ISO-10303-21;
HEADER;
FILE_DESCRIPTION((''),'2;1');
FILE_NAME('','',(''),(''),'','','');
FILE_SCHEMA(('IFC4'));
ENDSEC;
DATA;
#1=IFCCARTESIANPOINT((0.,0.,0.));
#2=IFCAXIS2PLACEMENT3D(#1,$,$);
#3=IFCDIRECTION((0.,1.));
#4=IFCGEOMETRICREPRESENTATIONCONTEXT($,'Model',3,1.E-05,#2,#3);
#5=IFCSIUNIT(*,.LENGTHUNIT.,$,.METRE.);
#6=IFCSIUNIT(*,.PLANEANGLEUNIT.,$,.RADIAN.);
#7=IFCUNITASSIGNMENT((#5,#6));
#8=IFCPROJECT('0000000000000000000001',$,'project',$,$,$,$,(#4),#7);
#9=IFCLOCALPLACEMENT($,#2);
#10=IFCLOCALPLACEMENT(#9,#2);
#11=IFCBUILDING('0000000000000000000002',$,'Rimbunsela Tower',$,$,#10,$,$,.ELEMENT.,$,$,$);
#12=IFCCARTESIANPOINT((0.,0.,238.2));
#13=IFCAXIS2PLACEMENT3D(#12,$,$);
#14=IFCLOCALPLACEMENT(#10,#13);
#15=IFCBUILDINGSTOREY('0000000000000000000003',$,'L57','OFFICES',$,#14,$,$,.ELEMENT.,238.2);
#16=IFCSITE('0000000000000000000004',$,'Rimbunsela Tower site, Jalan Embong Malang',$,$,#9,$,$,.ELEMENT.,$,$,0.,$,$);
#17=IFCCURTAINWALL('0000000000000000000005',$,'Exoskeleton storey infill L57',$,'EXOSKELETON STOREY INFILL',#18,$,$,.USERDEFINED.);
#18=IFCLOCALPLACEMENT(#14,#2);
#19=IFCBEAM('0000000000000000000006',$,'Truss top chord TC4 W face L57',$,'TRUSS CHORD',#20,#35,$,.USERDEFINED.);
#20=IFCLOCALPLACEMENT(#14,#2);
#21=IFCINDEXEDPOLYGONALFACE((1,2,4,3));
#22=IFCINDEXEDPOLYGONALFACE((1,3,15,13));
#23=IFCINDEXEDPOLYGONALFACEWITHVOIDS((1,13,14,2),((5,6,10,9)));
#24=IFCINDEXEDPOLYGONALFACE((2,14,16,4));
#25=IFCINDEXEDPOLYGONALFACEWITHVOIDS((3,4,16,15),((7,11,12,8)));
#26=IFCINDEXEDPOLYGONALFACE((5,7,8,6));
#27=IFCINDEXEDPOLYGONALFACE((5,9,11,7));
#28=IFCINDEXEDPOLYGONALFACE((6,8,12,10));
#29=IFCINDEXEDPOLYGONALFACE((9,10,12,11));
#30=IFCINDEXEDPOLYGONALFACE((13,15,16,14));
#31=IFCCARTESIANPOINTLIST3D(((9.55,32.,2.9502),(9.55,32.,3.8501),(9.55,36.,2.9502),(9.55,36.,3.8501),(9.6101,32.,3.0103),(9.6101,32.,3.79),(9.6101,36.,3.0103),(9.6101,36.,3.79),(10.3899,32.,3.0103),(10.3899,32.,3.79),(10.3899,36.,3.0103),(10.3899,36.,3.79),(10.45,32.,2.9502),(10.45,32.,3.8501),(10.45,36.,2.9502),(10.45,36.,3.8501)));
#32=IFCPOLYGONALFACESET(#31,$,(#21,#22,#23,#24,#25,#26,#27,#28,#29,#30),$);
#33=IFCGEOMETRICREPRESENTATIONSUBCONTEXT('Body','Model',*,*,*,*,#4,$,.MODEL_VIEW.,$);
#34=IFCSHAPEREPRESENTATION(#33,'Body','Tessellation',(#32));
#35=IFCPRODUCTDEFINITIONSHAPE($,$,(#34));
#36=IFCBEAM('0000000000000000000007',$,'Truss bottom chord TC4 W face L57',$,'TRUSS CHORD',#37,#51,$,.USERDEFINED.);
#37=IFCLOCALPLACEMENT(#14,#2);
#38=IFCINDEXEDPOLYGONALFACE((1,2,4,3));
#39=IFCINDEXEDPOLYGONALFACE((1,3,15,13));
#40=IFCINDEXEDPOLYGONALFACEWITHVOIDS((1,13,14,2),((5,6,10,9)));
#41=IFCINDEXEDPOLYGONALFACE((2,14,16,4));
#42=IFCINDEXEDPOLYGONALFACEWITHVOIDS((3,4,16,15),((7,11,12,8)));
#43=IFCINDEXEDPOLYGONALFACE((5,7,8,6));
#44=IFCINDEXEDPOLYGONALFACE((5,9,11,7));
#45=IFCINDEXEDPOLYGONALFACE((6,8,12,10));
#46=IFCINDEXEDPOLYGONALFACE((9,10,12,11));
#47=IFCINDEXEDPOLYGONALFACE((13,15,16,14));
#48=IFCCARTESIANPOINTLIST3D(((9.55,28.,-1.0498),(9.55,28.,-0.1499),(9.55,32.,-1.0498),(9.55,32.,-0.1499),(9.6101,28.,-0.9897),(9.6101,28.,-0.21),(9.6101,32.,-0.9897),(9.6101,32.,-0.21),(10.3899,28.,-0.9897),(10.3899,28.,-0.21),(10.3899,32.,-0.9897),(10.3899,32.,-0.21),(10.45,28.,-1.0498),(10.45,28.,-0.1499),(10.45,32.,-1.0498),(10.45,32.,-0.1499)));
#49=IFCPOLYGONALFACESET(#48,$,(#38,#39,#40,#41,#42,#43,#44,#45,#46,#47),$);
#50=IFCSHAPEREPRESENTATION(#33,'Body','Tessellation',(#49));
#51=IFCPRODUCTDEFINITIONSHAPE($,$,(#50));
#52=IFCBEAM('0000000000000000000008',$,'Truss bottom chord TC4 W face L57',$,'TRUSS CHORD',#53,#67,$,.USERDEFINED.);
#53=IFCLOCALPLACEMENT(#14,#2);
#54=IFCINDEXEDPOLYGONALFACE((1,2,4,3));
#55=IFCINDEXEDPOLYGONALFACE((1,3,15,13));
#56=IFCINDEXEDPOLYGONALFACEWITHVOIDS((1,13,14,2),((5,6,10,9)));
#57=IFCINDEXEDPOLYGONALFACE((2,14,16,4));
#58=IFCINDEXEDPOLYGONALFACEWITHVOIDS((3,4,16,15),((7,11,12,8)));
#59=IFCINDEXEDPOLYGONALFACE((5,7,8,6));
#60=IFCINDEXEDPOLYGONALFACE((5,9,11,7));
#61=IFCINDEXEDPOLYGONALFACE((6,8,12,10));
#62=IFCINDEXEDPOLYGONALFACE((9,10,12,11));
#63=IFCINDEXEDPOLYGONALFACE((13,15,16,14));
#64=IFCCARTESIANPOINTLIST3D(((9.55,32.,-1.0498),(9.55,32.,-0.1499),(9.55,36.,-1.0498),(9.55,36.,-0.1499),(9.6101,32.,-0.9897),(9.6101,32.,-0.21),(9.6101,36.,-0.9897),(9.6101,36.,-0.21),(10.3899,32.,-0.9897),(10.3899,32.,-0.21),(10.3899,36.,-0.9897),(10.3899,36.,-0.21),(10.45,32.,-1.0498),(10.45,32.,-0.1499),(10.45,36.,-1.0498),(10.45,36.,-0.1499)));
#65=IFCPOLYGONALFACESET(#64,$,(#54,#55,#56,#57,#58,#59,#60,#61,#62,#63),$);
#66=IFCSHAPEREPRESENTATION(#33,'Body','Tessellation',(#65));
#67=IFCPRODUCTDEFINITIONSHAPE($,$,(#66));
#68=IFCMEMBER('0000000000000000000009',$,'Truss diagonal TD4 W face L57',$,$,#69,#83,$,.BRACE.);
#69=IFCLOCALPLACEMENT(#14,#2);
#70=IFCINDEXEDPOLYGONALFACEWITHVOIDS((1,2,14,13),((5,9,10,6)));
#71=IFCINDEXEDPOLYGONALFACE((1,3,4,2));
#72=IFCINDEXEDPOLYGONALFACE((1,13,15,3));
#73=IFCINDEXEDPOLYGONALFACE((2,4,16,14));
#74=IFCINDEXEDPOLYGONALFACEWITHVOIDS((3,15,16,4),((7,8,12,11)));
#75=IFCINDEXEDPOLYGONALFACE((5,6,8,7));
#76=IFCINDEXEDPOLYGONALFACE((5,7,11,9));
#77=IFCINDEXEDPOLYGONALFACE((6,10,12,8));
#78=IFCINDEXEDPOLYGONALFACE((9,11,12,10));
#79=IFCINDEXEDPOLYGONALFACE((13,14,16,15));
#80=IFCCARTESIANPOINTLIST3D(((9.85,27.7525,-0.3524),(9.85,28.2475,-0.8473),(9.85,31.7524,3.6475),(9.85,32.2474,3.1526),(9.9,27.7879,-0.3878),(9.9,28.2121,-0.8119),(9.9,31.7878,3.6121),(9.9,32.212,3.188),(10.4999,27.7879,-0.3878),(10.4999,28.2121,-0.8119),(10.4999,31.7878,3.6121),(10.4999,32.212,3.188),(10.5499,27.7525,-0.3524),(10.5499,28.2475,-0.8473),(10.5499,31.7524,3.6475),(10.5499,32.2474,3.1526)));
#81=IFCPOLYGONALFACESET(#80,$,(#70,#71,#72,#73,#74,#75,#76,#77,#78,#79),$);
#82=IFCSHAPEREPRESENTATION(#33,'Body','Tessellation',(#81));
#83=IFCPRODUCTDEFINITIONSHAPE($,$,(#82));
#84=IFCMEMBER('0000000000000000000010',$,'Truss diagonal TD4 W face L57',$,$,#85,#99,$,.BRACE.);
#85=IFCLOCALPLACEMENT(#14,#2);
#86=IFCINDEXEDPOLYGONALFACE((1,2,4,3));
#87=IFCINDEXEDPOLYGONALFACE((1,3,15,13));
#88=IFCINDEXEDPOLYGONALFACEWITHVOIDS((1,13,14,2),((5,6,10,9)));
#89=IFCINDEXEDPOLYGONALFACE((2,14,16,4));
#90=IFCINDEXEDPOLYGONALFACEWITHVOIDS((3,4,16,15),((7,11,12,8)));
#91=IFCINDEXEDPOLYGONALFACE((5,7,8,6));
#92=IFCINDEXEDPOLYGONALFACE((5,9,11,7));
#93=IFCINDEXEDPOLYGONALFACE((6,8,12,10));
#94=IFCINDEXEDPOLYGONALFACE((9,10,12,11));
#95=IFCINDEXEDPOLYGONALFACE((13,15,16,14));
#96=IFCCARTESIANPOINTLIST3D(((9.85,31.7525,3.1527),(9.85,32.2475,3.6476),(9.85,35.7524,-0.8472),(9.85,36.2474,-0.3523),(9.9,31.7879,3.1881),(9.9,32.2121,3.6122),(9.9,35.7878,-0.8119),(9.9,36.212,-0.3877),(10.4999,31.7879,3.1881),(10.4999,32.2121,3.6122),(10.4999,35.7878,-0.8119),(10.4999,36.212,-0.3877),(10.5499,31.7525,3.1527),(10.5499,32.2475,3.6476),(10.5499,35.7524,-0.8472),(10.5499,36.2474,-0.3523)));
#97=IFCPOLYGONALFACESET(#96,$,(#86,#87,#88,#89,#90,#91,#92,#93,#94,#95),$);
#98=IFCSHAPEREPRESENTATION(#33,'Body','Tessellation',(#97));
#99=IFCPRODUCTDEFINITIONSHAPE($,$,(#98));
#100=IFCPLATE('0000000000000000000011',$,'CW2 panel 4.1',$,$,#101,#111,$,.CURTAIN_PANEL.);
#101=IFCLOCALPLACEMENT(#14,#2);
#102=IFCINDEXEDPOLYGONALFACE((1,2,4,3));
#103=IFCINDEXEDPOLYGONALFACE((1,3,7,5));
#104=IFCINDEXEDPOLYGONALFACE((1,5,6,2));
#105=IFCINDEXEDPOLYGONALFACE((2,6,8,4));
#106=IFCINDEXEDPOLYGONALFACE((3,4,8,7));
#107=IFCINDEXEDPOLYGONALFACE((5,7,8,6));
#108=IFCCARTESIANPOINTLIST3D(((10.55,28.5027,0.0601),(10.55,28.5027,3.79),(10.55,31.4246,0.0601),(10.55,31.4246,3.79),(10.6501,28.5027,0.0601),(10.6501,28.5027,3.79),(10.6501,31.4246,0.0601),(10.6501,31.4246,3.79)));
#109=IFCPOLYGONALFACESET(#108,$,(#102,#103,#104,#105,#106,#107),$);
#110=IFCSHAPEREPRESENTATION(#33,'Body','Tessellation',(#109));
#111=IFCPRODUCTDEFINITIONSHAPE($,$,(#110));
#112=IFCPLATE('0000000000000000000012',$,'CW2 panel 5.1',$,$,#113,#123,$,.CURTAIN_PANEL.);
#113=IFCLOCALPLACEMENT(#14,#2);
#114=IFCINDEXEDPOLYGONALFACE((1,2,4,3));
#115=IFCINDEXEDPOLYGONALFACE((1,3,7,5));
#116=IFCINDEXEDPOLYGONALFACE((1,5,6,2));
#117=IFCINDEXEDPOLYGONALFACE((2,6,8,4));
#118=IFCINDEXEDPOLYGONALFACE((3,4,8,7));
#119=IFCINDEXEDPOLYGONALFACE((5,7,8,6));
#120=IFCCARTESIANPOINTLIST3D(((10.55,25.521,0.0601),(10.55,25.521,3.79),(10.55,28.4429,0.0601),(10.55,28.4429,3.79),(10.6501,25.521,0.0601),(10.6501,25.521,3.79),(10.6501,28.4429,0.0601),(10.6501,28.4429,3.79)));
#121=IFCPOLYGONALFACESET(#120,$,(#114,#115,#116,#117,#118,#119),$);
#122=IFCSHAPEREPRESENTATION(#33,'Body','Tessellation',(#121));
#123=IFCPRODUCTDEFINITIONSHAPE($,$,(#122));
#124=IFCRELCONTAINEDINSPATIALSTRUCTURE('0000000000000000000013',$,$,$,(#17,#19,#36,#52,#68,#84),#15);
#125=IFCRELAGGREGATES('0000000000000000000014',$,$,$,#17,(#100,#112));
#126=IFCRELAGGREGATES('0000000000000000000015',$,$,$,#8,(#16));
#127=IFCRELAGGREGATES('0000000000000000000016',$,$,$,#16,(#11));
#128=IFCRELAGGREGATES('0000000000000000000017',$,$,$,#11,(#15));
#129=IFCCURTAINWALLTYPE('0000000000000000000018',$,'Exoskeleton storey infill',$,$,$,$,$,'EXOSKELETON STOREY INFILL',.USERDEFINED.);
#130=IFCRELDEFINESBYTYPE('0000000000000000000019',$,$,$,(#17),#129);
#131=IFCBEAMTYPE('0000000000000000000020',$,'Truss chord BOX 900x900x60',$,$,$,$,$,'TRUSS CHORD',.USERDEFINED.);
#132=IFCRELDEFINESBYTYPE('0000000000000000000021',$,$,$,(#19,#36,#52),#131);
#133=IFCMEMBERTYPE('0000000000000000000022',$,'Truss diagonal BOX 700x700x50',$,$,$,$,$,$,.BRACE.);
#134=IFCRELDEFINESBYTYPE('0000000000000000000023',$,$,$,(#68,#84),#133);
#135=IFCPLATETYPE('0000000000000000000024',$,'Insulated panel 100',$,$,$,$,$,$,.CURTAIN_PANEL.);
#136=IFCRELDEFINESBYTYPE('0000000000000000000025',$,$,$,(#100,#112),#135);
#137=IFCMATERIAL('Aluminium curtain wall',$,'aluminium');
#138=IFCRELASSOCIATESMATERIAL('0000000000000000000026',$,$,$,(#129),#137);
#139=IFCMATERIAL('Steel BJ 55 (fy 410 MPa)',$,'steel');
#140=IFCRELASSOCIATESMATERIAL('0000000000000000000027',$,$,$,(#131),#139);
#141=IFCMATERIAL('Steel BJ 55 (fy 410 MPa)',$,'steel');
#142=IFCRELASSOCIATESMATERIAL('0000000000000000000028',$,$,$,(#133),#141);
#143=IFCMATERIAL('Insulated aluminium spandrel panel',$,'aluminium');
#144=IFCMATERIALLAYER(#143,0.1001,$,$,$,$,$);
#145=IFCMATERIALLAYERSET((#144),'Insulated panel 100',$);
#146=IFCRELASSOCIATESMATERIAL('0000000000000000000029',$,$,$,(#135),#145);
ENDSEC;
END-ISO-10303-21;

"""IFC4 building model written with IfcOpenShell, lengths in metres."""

from ifc_helpers import new_model, si_unit, direction, frame, origin, origin_2d, place, context, subcontext, project, spatial, rectangle, hollow_rectangle, extrude, material, layer, layer_set, material_profile, profile_set, type_object, element, aggregate, save


model = new_model("IFC4")

# Units and contexts
model_context = context("Model", 3, precision=1e-05, world=origin(), true_north=direction((0.0, 1.0)))
body_context = subcontext(model_context, "Body", "Model", "MODEL_VIEW")
ifc_project = project(units=[si_unit("LENGTHUNIT", "METRE"), si_unit("PLANEANGLEUNIT", "RADIAN")], contexts=[model_context])

# Site, building, storey
site_placement = place(None, origin())
site = spatial("IfcSite", under=ifc_project, at=site_placement, Name="Rimbunsela Tower site, Jalan Embong Malang", CompositionType="ELEMENT", RefElevation=0.0)
building_placement = place(site_placement, origin())
building = spatial("IfcBuilding", under=site, at=building_placement, Name="Rimbunsela Tower", CompositionType="ELEMENT")
storey_placement = place(building_placement, frame((0.0, 0.0, 238.2)))
storey = spatial("IfcBuildingStorey", under=building, at=storey_placement, Name="L57", Description="OFFICES", CompositionType="ELEMENT", Elevation=238.2)

# Curtain wall
ifc_material_1 = material(Name="Aluminium curtain wall", Category="aluminium")
curtain_wall_type = type_object("IfcCurtainWallType", Name="Exoskeleton storey infill", ElementType="EXOSKELETON STOREY INFILL", PredefinedType="USERDEFINED", material=ifc_material_1)
curtain_wall_placement = place(storey_placement, origin())
curtain_wall = element("IfcCurtainWall", 1, at=curtain_wall_placement, inside=storey, type_object=curtain_wall_type, Name="Exoskeleton storey infill L57", ObjectType="EXOSKELETON STOREY INFILL", PredefinedType="USERDEFINED")

# Beams
ifc_material_2 = material(Name="Steel BJ 55 (fy 410 MPa)", Category="steel")
ifc_material_profile_1 = material_profile(ifc_material_2, hollow_rectangle(XDim=0.8999, YDim=0.8999, WallThickness=0.0601, at=origin_2d()), Name="BOX 900x900x60")
ifc_profile_set_1 = profile_set([ifc_material_profile_1], Name="Steel BJ 55 (fy 410 MPa)")
beam_type_1 = type_object("IfcBeamType", Name="Truss chord BOX 900x900x60", ElementType="TRUSS CHORD", PredefinedType="USERDEFINED", material=ifc_profile_set_1)
for number, where, z_axis, x_axis, name in (
    (2, (10.0, 32.0, 3.4001), (0.0, 1.0, 0.0), (-1.0, 0.0, 0.0), "Truss top chord TC4 W face L57"),
    (3, (10.0, 28.0, -0.5999), (0.0, 1.0, 0.0), (-1.0, 0.0, 0.0), "Truss bottom chord TC4 W face L57"),
    (4, (10.0, 32.0, -0.5999), (0.0, 1.0, 0.0), (-1.0, 0.0, 0.0), "Truss bottom chord TC4 W face L57"),
):
    element("IfcBeam", number, at=place(storey_placement, frame(where, z_axis=z_axis, x_axis=x_axis)), inside=storey, type_object=beam_type_1, Name=name, ObjectType="TRUSS CHORD", PredefinedType="USERDEFINED", context=body_context, shape_type="SweptSolid", body=[
        extrude(hollow_rectangle(XDim=0.8999, YDim=0.8999, WallThickness=0.0601, at=origin_2d()), origin(), (0.0, 0.0, 1.0), 4.0),
    ])

# Members
ifc_material_3 = material(Name="Steel BJ 55 (fy 410 MPa)", Category="steel")
ifc_material_profile_2 = material_profile(ifc_material_3, hollow_rectangle(XDim=0.7, YDim=0.7, WallThickness=0.05, at=origin_2d()), Name="BOX 700x700x50")
ifc_profile_set_2 = profile_set([ifc_material_profile_2], Name="Steel BJ 55 (fy 410 MPa)")
member_type_1 = type_object("IfcMemberType", Name="Truss diagonal BOX 700x700x50", PredefinedType="BRACE", material=ifc_profile_set_2)
for number, where, z_axis, x_axis, name in (
    (5, (10.2, 28.0, -0.5999), (0.0, 0.707107, 0.707107), (-1.0, 0.0, 0.0), "Truss diagonal TD4 W face L57"),
    (6, (10.2, 32.0, 3.4001), (0.0, 0.707107, -0.707107), (-1.0, 0.0, 0.0), "Truss diagonal TD4 W face L57"),
):
    element("IfcMember", number, at=place(storey_placement, frame(where, z_axis=z_axis, x_axis=x_axis)), inside=storey, type_object=member_type_1, Name=name, PredefinedType="BRACE", context=body_context, shape_type="SweptSolid", body=[
        extrude(hollow_rectangle(XDim=0.7, YDim=0.7, WallThickness=0.05, at=origin_2d()), origin(), (0.0, 0.0, 1.0), 5.6567),
    ])

# Plates
ifc_material_4 = material(Name="Insulated aluminium spandrel panel", Category="aluminium")
ifc_layer = layer(ifc_material_4, 0.1001)
ifc_layer_set = layer_set([ifc_layer], Name="Insulated panel 100")
plate_type = type_object("IfcPlateType", Name="Insulated panel 100", PredefinedType="CURTAIN_PANEL", material=ifc_layer_set)
plate_1_placement = place(storey_placement, frame((10.6001, 29.9636, 0.0601), z_axis=(0.0, 0.0, 1.0), x_axis=(0.0, -1.0, 0.0)))
plate_1 = element("IfcPlate", 7, at=plate_1_placement, type_object=plate_type, Name="CW2 panel 4.1", PredefinedType="CURTAIN_PANEL", context=body_context, shape_type="SweptSolid", body=[
    extrude(rectangle(XDim=2.9219, YDim=0.1001, at=origin_2d()), origin(), (0.0, 0.0, 1.0), 3.73),
])
plate_2_placement = place(storey_placement, frame((10.6001, 26.9819, 0.0601), z_axis=(0.0, 0.0, 1.0), x_axis=(0.0, -1.0, 0.0)))
plate_2 = element("IfcPlate", 8, at=plate_2_placement, type_object=plate_type, Name="CW2 panel 5.1", PredefinedType="CURTAIN_PANEL", context=body_context, shape_type="SweptSolid", body=[
    extrude(rectangle(XDim=2.9219, YDim=0.1001, at=origin_2d()), origin(), (0.0, 0.0, 1.0), 3.73),
])
aggregate(curtain_wall, [plate_1, plate_2])

save(model, "model.ifc")
